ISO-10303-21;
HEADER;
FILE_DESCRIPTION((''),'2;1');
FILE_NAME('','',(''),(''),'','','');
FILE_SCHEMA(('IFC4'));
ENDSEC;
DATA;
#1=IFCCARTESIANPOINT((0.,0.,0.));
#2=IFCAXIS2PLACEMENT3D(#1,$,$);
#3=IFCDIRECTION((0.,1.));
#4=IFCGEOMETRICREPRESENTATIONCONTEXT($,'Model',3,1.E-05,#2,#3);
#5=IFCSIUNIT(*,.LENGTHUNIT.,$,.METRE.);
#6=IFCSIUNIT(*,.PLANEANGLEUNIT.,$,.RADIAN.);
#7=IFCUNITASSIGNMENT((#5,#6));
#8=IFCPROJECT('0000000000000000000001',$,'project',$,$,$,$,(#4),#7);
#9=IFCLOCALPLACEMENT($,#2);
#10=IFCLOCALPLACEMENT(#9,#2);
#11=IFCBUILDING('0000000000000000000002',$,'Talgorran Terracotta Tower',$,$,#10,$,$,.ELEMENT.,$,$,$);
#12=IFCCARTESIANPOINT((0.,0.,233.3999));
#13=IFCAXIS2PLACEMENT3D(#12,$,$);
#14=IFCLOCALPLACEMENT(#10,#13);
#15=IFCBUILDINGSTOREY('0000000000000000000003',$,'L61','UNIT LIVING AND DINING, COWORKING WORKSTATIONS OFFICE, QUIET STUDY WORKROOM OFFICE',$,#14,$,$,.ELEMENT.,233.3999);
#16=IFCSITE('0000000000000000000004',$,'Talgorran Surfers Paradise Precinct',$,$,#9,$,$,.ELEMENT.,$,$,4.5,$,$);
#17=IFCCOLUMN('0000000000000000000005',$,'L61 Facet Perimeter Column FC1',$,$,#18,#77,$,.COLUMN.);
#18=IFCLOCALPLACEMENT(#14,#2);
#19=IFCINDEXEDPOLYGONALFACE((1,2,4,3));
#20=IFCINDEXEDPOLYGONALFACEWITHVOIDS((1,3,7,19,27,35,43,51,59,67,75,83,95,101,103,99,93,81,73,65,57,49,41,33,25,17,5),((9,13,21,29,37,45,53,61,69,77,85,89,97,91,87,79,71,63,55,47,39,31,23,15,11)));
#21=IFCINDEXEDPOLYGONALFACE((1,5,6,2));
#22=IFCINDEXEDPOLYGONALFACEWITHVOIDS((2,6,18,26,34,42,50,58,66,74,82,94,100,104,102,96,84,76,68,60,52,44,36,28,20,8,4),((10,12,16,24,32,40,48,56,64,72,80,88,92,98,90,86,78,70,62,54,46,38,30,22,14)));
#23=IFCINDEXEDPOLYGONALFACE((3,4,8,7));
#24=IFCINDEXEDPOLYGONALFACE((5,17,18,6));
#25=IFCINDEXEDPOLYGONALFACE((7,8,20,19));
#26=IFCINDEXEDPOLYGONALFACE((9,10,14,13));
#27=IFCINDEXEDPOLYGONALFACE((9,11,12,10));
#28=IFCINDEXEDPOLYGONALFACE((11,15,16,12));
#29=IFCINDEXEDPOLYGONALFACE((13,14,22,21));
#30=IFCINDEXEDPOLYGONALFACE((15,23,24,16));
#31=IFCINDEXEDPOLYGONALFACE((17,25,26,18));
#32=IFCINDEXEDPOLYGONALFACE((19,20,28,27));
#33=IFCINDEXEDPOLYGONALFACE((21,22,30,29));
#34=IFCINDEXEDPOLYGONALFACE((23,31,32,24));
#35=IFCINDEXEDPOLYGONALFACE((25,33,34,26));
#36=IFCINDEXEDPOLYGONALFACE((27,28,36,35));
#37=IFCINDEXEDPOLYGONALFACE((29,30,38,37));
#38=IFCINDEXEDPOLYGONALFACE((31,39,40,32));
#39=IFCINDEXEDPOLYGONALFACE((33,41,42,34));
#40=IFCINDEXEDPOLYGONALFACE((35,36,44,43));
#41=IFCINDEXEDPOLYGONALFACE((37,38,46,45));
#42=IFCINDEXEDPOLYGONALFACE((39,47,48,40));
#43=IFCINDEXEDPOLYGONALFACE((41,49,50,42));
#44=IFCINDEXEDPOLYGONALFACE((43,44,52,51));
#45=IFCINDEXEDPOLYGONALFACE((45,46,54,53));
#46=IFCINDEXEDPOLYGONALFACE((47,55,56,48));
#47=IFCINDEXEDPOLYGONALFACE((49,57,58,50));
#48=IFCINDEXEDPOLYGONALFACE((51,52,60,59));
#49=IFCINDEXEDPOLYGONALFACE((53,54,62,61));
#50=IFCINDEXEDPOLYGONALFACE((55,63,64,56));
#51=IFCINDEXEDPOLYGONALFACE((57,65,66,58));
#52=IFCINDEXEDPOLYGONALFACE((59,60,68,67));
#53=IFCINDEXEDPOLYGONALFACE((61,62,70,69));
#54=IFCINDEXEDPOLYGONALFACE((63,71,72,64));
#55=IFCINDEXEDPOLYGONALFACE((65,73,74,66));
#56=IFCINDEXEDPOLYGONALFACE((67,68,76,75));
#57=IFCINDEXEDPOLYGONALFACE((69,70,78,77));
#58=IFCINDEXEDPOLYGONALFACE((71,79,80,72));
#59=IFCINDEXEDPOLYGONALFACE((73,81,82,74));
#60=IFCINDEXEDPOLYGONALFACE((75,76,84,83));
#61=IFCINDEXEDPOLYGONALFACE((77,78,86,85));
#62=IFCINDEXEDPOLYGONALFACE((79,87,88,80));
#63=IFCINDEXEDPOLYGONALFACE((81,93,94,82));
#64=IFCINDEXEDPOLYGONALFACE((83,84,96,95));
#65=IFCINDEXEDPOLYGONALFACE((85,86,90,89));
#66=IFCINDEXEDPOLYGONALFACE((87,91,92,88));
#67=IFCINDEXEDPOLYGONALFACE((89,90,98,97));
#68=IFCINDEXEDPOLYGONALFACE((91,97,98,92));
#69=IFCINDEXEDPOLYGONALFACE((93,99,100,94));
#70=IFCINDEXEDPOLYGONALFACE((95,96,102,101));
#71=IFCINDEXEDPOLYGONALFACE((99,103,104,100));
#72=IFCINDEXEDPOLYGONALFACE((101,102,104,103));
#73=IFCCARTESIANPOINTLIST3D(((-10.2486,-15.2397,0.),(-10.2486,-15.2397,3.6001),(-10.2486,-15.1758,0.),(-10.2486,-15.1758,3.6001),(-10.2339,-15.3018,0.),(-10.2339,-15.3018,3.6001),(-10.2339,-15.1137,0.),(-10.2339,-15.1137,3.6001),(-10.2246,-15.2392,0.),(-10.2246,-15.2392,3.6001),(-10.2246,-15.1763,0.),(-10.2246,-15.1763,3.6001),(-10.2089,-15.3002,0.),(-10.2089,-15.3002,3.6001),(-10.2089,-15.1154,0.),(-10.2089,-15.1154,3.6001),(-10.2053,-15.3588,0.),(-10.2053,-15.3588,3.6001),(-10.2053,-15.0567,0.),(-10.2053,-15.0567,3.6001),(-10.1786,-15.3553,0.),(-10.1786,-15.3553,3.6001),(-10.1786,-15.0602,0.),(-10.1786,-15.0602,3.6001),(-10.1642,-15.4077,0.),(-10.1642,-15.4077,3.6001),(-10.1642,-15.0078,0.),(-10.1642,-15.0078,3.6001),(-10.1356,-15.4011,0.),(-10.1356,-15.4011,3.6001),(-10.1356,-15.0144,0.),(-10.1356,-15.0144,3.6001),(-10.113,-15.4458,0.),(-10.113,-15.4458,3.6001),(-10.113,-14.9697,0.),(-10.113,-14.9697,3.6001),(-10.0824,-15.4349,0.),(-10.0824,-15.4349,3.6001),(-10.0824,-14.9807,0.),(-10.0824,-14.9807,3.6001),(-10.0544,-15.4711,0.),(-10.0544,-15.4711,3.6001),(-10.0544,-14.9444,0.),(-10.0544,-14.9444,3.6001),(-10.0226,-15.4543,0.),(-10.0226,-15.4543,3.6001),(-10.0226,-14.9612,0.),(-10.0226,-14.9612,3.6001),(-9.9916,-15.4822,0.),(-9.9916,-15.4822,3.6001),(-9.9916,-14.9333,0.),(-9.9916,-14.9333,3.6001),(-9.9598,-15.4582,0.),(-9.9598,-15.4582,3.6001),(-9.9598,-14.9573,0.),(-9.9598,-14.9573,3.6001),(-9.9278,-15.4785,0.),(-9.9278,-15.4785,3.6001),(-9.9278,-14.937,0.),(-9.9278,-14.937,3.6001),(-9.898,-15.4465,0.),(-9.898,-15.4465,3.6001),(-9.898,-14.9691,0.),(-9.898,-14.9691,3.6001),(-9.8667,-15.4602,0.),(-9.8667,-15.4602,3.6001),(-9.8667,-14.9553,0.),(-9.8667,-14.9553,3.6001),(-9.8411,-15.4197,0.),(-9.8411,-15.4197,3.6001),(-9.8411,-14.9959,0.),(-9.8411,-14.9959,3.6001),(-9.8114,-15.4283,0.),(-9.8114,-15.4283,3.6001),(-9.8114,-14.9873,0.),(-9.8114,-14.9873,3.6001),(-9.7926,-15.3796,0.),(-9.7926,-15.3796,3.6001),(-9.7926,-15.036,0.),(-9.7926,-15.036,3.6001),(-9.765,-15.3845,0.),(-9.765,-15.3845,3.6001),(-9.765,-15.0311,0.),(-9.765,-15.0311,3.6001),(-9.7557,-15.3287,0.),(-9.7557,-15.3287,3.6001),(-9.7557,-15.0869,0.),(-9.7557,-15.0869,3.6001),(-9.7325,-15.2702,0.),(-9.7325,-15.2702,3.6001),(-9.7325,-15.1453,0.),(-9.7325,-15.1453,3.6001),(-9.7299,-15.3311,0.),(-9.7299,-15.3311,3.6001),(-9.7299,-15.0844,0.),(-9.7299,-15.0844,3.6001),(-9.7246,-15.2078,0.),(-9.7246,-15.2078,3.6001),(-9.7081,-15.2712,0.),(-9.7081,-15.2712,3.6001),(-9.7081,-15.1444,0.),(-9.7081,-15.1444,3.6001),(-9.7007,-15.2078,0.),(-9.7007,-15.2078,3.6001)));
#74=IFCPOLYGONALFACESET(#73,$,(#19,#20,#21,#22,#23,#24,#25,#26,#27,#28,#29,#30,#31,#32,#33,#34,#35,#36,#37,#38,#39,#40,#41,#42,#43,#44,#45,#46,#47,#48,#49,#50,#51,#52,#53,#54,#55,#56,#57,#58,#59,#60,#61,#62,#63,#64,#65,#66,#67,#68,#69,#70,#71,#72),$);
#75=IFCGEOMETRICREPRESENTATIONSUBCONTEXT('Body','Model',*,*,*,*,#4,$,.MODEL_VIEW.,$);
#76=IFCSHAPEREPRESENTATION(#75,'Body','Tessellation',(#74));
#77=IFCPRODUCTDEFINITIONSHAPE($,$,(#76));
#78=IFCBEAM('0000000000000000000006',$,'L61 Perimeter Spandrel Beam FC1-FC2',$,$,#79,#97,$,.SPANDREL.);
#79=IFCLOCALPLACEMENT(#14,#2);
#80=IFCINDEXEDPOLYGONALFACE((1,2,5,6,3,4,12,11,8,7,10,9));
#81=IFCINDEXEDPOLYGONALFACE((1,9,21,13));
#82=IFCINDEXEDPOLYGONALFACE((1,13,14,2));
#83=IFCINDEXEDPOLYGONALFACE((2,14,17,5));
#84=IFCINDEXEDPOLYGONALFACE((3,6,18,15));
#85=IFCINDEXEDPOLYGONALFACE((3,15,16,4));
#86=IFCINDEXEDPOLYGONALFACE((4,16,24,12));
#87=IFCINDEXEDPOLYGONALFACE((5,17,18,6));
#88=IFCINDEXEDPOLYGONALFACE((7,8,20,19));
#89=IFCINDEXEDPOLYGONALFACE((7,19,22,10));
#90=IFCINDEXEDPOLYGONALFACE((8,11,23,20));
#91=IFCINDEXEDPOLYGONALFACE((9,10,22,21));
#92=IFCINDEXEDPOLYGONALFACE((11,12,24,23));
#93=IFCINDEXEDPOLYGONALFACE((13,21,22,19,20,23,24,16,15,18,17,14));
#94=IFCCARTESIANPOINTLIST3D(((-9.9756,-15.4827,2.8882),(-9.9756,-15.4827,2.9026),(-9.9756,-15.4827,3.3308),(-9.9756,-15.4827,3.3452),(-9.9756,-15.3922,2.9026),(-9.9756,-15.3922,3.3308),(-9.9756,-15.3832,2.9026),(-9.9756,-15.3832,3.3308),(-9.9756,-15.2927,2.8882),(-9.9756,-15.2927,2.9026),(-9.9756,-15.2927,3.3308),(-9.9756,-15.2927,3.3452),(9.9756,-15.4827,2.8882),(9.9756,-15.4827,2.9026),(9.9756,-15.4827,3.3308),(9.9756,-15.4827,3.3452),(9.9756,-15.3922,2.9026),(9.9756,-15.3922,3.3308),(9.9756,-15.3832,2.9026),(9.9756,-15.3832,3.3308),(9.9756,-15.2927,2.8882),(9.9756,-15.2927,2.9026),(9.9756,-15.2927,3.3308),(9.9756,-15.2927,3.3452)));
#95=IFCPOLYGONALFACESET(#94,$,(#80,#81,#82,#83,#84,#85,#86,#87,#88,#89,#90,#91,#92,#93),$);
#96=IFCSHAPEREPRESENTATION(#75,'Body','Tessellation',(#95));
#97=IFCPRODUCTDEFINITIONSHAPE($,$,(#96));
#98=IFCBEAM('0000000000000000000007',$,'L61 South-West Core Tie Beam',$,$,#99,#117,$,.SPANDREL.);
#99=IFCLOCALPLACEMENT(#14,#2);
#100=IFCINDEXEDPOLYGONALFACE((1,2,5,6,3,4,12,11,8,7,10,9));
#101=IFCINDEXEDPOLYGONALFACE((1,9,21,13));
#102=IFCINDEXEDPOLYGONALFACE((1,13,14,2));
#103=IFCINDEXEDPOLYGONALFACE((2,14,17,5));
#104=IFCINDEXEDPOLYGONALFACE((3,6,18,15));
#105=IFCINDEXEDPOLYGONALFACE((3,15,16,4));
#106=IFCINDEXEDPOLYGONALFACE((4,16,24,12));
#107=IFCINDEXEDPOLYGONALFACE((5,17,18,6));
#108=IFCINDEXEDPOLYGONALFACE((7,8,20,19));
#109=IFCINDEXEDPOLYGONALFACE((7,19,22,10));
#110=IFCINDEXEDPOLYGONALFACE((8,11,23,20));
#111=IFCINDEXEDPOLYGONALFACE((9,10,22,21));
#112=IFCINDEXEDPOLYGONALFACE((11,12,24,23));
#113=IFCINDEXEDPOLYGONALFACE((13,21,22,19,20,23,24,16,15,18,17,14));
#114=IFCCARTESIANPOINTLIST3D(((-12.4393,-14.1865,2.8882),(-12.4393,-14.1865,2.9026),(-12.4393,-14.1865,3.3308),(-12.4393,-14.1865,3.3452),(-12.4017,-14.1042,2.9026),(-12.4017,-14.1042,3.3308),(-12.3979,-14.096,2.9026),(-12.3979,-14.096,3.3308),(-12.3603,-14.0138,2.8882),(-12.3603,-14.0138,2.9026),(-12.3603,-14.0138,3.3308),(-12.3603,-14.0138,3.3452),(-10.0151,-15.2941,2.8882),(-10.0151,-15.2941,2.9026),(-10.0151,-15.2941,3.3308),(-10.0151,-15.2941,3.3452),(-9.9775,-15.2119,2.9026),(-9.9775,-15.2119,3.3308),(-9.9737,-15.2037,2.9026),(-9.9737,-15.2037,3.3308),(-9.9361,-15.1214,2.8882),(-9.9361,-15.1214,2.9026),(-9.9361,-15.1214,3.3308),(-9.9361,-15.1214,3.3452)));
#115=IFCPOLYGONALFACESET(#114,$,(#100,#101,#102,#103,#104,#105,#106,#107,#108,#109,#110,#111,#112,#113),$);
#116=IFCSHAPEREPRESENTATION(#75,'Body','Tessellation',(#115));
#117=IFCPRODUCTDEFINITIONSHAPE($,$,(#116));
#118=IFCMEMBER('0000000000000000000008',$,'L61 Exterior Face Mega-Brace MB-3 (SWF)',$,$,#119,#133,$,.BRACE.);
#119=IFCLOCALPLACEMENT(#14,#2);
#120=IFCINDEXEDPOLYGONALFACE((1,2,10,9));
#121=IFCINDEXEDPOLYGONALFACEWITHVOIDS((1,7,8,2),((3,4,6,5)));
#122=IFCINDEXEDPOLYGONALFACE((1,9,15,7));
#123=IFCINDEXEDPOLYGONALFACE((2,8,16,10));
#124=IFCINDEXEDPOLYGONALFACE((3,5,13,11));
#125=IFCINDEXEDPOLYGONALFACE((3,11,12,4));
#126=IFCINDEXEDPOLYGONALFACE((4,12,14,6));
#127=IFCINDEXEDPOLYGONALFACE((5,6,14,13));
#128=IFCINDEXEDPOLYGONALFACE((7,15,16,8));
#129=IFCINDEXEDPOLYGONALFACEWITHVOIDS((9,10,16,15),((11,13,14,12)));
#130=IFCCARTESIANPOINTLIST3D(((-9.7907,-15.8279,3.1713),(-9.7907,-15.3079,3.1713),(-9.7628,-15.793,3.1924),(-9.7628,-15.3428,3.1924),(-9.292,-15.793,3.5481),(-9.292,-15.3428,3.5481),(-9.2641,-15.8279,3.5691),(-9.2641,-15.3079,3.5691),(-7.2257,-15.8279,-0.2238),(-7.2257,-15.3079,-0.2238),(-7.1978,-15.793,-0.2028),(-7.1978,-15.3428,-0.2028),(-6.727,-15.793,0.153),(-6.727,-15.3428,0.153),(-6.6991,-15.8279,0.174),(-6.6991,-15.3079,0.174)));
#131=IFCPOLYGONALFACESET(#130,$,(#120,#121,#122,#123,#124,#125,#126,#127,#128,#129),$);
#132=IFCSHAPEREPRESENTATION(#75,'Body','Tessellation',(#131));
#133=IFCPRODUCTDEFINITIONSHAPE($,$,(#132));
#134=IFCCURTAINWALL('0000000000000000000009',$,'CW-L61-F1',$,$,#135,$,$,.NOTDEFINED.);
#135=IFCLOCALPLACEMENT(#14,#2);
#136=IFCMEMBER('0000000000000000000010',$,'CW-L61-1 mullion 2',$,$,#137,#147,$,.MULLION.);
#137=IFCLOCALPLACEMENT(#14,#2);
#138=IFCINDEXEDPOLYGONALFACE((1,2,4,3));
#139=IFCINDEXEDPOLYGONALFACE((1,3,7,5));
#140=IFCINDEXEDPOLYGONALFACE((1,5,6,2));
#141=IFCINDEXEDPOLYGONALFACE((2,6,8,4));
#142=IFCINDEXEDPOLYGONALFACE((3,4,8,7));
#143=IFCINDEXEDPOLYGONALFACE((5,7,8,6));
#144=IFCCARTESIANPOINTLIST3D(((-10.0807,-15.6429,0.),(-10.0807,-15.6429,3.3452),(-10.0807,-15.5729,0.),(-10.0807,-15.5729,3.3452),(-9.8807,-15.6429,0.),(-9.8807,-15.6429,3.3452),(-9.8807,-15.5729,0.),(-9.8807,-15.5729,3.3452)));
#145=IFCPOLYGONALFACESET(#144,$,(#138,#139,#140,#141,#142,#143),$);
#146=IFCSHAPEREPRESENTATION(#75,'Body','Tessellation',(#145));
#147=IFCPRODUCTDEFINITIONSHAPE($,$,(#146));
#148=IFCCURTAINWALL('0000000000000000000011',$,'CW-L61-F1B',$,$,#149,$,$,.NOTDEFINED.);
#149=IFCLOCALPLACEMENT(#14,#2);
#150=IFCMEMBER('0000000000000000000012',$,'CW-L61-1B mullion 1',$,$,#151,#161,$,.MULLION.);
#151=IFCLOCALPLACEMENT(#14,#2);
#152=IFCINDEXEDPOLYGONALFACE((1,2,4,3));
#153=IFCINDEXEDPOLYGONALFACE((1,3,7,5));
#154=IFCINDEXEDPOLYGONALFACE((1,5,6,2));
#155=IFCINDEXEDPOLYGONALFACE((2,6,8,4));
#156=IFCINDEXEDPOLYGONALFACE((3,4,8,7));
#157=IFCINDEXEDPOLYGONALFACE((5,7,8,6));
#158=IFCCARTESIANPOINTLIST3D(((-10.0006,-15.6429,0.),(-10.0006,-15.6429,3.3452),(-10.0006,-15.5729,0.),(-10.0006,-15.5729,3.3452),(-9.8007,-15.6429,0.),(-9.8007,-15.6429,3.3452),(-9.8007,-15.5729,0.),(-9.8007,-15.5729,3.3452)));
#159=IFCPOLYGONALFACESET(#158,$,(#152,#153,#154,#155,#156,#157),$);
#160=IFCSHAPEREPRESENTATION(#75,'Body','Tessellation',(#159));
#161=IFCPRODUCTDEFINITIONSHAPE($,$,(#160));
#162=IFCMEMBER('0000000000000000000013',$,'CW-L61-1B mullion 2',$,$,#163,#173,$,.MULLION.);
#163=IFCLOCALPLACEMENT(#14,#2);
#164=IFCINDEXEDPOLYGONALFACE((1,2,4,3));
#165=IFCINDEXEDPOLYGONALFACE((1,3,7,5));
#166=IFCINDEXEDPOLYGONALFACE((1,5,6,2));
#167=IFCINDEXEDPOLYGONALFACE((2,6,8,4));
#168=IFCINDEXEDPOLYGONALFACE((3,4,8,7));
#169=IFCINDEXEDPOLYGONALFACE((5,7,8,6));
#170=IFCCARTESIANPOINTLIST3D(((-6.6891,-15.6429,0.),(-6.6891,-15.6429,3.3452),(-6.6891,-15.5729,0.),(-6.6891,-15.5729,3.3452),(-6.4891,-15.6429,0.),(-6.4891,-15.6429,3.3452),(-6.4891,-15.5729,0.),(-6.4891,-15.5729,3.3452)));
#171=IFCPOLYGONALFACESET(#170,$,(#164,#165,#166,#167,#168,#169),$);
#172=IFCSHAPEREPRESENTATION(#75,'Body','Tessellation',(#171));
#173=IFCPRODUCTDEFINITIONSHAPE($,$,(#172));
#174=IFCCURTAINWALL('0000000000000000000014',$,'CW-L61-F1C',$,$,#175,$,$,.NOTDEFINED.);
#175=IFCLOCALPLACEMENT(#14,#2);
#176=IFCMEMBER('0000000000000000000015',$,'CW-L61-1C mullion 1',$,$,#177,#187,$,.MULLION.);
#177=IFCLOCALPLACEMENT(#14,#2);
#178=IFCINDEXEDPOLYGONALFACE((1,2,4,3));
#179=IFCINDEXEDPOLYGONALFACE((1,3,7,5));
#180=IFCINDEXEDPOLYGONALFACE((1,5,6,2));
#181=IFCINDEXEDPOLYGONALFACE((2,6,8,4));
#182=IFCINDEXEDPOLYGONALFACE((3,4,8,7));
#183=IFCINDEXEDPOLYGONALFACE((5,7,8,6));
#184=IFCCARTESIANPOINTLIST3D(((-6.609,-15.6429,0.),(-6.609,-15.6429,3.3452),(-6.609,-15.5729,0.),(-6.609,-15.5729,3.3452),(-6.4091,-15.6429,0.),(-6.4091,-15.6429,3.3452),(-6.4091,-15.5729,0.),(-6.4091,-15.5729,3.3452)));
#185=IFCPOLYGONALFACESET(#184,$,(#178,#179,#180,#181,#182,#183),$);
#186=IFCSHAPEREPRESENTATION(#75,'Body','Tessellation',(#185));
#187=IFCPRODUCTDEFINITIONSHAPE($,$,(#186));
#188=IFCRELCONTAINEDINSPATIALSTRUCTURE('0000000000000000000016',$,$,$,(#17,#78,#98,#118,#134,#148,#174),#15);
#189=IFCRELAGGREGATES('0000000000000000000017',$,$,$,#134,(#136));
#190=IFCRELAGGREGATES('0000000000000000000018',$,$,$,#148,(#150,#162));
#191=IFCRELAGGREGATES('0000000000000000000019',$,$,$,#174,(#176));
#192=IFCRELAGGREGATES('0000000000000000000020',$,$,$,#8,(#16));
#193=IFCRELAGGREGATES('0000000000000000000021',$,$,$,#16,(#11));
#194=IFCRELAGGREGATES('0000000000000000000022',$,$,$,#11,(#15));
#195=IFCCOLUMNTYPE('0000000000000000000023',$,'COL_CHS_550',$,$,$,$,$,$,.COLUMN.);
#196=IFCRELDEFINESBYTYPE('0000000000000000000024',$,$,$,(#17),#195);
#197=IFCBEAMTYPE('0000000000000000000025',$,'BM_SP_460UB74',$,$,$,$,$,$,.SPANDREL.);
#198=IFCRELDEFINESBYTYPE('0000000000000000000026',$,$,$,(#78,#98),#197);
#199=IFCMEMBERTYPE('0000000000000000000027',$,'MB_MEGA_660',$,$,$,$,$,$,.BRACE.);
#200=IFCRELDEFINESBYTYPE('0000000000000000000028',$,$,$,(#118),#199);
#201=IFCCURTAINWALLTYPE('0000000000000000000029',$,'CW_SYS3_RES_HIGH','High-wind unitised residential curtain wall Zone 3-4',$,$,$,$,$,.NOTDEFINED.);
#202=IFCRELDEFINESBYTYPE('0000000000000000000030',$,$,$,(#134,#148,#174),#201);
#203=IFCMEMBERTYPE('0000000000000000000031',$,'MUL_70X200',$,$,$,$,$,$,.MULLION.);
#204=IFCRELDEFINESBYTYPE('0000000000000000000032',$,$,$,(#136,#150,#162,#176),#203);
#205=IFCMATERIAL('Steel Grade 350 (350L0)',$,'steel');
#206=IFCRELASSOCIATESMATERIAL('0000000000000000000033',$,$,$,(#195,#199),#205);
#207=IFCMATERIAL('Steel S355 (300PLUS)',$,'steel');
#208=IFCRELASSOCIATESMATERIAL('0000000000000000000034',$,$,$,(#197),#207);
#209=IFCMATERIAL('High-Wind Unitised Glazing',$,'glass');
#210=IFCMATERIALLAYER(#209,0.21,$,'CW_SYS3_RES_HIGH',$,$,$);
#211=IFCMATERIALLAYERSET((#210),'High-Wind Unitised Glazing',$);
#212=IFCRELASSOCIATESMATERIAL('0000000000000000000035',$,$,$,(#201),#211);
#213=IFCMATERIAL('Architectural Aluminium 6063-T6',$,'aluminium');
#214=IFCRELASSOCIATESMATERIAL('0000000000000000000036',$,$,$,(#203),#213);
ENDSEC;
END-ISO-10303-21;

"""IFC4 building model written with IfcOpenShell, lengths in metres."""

from ifc_helpers import new_model, si_unit, direction, frame, origin, origin_2d, place, context, subcontext, project, spatial, rectangle, hollow_rectangle, hollow_circle, i_section, extrude, material, layer, layer_set, material_profile, profile_set, type_object, element, aggregate, save


model = new_model("IFC4")

# Units and contexts
model_context = context("Model", 3, precision=1e-05, world=origin(), true_north=direction((0.0, 1.0)))
body_context = subcontext(model_context, "Body", "Model", "MODEL_VIEW")
ifc_project = project(units=[si_unit("LENGTHUNIT", "METRE"), si_unit("PLANEANGLEUNIT", "RADIAN")], contexts=[model_context])

# Site, building, storey
site_placement = place(None, origin())
site = spatial("IfcSite", under=ifc_project, at=site_placement, Name="Talgorran Surfers Paradise Precinct", CompositionType="ELEMENT", RefElevation=4.5)
building_placement = place(site_placement, origin())
building = spatial("IfcBuilding", under=site, at=building_placement, Name="Talgorran Terracotta Tower", CompositionType="ELEMENT")
storey_placement = place(building_placement, frame((0.0, 0.0, 233.3999)))
storey = spatial("IfcBuildingStorey", under=building, at=storey_placement, Name="L61", Description="UNIT LIVING AND DINING, COWORKING WORKSTATIONS OFFICE, QUIET STUDY WORKROOM OFFICE", CompositionType="ELEMENT", Elevation=233.3999)

# Column
ifc_material_1 = material(Name="Steel Grade 350 (350L0)", Category="steel")
ifc_material_profile_1 = material_profile(ifc_material_1, hollow_circle(Radius=0.2749, WallThickness=0.0239, at=origin_2d()), Name="CHS550X24")
ifc_profile_set_1 = profile_set([ifc_material_profile_1], Name="Steel Grade 350 (350L0)")
column_type = type_object("IfcColumnType", Name="COL_CHS_550", PredefinedType="COLUMN", material=ifc_profile_set_1)
column_placement = place(storey_placement, frame((-9.9756, -15.2078, 0.0), z_axis=(0.0, 0.0, 1.0), x_axis=(1.0, 0.0, 0.0)))
element("IfcColumn", 1, at=column_placement, inside=storey, type_object=column_type, Name="L61 Facet Perimeter Column FC1", PredefinedType="COLUMN", context=body_context, shape_type="SweptSolid", body=[
    extrude(hollow_circle(Radius=0.2749, WallThickness=0.0239, at=origin_2d()), origin(), (0.0, 0.0, 1.0), 3.6001),
])

# Beams
ifc_material_2 = material(Name="Steel S355 (300PLUS)", Category="steel")
ifc_material_profile_2 = material_profile(ifc_material_2, i_section(OverallWidth=0.1899, OverallDepth=0.457, WebThickness=0.009, FlangeThickness=0.0144, at=origin_2d()), Name="460UB74.6")
ifc_profile_set_2 = profile_set([ifc_material_profile_2], Name="Steel S355 (300PLUS)")
beam_type = type_object("IfcBeamType", Name="BM_SP_460UB74", PredefinedType="SPANDREL", material=ifc_profile_set_2)
beam_1_placement = place(storey_placement, frame((-9.9756, -15.3877, 3.1167), z_axis=(1.0, 0.0, 0.0), x_axis=(0.0, 1.0, 0.0)))
element("IfcBeam", 2, at=beam_1_placement, inside=storey, type_object=beam_type, Name="L61 Perimeter Spandrel Beam FC1-FC2", PredefinedType="SPANDREL", context=body_context, shape_type="SweptSolid", body=[
    extrude(i_section(OverallWidth=0.1899, OverallDepth=0.457, WebThickness=0.009, FlangeThickness=0.0144, at=origin_2d()), origin(), (0.0, 0.0, 1.0), 19.9512),
])
beam_2_placement = place(storey_placement, frame((-9.9756, -15.2078, 3.1167), z_axis=(-0.909559, 0.415576, 0.0), x_axis=(-0.415576, -0.909559, 0.0)))
element("IfcBeam", 3, at=beam_2_placement, inside=storey, type_object=beam_type, Name="L61 South-West Core Tie Beam", PredefinedType="SPANDREL", context=body_context, shape_type="SweptSolid", body=[
    extrude(i_section(OverallWidth=0.1899, OverallDepth=0.457, WebThickness=0.009, FlangeThickness=0.0144, at=origin_2d()), origin(), (0.0, 0.0, 1.0), 2.6653),
])

# Member
ifc_material_profile_3 = material_profile(ifc_material_1, hollow_rectangle(XDim=0.52, YDim=0.6599, WallThickness=0.0349, at=origin_2d()), Name="WBOX660X520X35")
ifc_profile_set_3 = profile_set([ifc_material_profile_3], Name="Steel Grade 350 (350L0)")
member_type_1 = type_object("IfcMemberType", Name="MB_MEGA_660", PredefinedType="BRACE", material=ifc_profile_set_3)
member_1_placement = place(storey_placement, frame((-6.9624, -15.5679, -0.0249), z_axis=(-0.602805, 0.0, 0.797888), x_axis=(0.0, -1.0, 0.0)))
element("IfcMember", 4, at=member_1_placement, inside=storey, type_object=member_type_1, Name="L61 Exterior Face Mega-Brace MB-3 (SWF)", PredefinedType="BRACE", context=body_context, shape_type="SweptSolid", body=[
    extrude(hollow_rectangle(XDim=0.52, YDim=0.6599, WallThickness=0.0349, at=origin_2d()), origin(), (0.0, 0.0, 1.0), 4.2551),
])

# Curtain wall, member
ifc_material_3 = material(Name="High-Wind Unitised Glazing", Category="glass")
ifc_layer_1 = layer(ifc_material_3, 0.21, Name="CW_SYS3_RES_HIGH")
ifc_layer_set_1 = layer_set([ifc_layer_1], Name="High-Wind Unitised Glazing")
curtain_wall_type = type_object("IfcCurtainWallType", Name="CW_SYS3_RES_HIGH", Description="High-wind unitised residential curtain wall Zone 3-4", PredefinedType="NOTDEFINED", material=ifc_layer_set_1)
curtain_wall_1_placement = place(storey_placement, origin())
curtain_wall_1 = element("IfcCurtainWall", 5, at=curtain_wall_1_placement, inside=storey, type_object=curtain_wall_type, Name="CW-L61-F1", PredefinedType="NOTDEFINED")
ifc_material_4 = material(Name="Architectural Aluminium 6063-T6", Category="aluminium")
ifc_material_profile_4 = material_profile(ifc_material_4, rectangle(XDim=0.0701, YDim=0.2, at=origin_2d()), Name="CWM70X200")
ifc_profile_set_4 = profile_set([ifc_material_profile_4], Name="Architectural Aluminium 6063-T6")
member_type_2 = type_object("IfcMemberType", Name="MUL_70X200", PredefinedType="MULLION", material=ifc_profile_set_4)
member_2_placement = place(storey_placement, frame((-9.9807, -15.6079, 0.0), z_axis=(0.0, 0.0, 1.0), x_axis=(0.0, 1.0, 0.0)))
member_2 = element("IfcMember", 6, at=member_2_placement, type_object=member_type_2, Name="CW-L61-1 mullion 2", PredefinedType="MULLION", context=body_context, shape_type="SweptSolid", body=[
    extrude(rectangle(XDim=0.0701, YDim=0.2, at=origin_2d()), origin(), (0.0, 0.0, 1.0), 3.3452),
])
aggregate(curtain_wall_1, [member_2])

# Curtain wall, members
curtain_wall_2_placement = place(storey_placement, origin())
curtain_wall_2 = element("IfcCurtainWall", 7, at=curtain_wall_2_placement, inside=storey, type_object=curtain_wall_type, Name="CW-L61-F1B", PredefinedType="NOTDEFINED")
member_3_placement = place(storey_placement, frame((-9.9006, -15.6079, 0.0), z_axis=(0.0, 0.0, 1.0), x_axis=(0.0, 1.0, 0.0)))
member_3 = element("IfcMember", 8, at=member_3_placement, type_object=member_type_2, Name="CW-L61-1B mullion 1", PredefinedType="MULLION", context=body_context, shape_type="SweptSolid", body=[
    extrude(rectangle(XDim=0.0701, YDim=0.2, at=origin_2d()), origin(), (0.0, 0.0, 1.0), 3.3452),
])
member_4_placement = place(storey_placement, frame((-6.5891, -15.6079, 0.0), z_axis=(0.0, 0.0, 1.0), x_axis=(0.0, 1.0, 0.0)))
member_4 = element("IfcMember", 9, at=member_4_placement, type_object=member_type_2, Name="CW-L61-1B mullion 2", PredefinedType="MULLION", context=body_context, shape_type="SweptSolid", body=[
    extrude(rectangle(XDim=0.0701, YDim=0.2, at=origin_2d()), origin(), (0.0, 0.0, 1.0), 3.3452),
])

# Curtain wall, member
curtain_wall_3_placement = place(storey_placement, origin())
curtain_wall_3 = element("IfcCurtainWall", 10, at=curtain_wall_3_placement, inside=storey, type_object=curtain_wall_type, Name="CW-L61-F1C", PredefinedType="NOTDEFINED")
member_5_placement = place(storey_placement, frame((-6.509, -15.6079, 0.0), z_axis=(0.0, 0.0, 1.0), x_axis=(0.0, 1.0, 0.0)))
member_5 = element("IfcMember", 11, at=member_5_placement, type_object=member_type_2, Name="CW-L61-1C mullion 1", PredefinedType="MULLION", context=body_context, shape_type="SweptSolid", body=[
    extrude(rectangle(XDim=0.0701, YDim=0.2, at=origin_2d()), origin(), (0.0, 0.0, 1.0), 3.3452),
])

aggregate(curtain_wall_2, [member_3, member_4])
aggregate(curtain_wall_3, [member_5])

save(model, "model.ifc")
